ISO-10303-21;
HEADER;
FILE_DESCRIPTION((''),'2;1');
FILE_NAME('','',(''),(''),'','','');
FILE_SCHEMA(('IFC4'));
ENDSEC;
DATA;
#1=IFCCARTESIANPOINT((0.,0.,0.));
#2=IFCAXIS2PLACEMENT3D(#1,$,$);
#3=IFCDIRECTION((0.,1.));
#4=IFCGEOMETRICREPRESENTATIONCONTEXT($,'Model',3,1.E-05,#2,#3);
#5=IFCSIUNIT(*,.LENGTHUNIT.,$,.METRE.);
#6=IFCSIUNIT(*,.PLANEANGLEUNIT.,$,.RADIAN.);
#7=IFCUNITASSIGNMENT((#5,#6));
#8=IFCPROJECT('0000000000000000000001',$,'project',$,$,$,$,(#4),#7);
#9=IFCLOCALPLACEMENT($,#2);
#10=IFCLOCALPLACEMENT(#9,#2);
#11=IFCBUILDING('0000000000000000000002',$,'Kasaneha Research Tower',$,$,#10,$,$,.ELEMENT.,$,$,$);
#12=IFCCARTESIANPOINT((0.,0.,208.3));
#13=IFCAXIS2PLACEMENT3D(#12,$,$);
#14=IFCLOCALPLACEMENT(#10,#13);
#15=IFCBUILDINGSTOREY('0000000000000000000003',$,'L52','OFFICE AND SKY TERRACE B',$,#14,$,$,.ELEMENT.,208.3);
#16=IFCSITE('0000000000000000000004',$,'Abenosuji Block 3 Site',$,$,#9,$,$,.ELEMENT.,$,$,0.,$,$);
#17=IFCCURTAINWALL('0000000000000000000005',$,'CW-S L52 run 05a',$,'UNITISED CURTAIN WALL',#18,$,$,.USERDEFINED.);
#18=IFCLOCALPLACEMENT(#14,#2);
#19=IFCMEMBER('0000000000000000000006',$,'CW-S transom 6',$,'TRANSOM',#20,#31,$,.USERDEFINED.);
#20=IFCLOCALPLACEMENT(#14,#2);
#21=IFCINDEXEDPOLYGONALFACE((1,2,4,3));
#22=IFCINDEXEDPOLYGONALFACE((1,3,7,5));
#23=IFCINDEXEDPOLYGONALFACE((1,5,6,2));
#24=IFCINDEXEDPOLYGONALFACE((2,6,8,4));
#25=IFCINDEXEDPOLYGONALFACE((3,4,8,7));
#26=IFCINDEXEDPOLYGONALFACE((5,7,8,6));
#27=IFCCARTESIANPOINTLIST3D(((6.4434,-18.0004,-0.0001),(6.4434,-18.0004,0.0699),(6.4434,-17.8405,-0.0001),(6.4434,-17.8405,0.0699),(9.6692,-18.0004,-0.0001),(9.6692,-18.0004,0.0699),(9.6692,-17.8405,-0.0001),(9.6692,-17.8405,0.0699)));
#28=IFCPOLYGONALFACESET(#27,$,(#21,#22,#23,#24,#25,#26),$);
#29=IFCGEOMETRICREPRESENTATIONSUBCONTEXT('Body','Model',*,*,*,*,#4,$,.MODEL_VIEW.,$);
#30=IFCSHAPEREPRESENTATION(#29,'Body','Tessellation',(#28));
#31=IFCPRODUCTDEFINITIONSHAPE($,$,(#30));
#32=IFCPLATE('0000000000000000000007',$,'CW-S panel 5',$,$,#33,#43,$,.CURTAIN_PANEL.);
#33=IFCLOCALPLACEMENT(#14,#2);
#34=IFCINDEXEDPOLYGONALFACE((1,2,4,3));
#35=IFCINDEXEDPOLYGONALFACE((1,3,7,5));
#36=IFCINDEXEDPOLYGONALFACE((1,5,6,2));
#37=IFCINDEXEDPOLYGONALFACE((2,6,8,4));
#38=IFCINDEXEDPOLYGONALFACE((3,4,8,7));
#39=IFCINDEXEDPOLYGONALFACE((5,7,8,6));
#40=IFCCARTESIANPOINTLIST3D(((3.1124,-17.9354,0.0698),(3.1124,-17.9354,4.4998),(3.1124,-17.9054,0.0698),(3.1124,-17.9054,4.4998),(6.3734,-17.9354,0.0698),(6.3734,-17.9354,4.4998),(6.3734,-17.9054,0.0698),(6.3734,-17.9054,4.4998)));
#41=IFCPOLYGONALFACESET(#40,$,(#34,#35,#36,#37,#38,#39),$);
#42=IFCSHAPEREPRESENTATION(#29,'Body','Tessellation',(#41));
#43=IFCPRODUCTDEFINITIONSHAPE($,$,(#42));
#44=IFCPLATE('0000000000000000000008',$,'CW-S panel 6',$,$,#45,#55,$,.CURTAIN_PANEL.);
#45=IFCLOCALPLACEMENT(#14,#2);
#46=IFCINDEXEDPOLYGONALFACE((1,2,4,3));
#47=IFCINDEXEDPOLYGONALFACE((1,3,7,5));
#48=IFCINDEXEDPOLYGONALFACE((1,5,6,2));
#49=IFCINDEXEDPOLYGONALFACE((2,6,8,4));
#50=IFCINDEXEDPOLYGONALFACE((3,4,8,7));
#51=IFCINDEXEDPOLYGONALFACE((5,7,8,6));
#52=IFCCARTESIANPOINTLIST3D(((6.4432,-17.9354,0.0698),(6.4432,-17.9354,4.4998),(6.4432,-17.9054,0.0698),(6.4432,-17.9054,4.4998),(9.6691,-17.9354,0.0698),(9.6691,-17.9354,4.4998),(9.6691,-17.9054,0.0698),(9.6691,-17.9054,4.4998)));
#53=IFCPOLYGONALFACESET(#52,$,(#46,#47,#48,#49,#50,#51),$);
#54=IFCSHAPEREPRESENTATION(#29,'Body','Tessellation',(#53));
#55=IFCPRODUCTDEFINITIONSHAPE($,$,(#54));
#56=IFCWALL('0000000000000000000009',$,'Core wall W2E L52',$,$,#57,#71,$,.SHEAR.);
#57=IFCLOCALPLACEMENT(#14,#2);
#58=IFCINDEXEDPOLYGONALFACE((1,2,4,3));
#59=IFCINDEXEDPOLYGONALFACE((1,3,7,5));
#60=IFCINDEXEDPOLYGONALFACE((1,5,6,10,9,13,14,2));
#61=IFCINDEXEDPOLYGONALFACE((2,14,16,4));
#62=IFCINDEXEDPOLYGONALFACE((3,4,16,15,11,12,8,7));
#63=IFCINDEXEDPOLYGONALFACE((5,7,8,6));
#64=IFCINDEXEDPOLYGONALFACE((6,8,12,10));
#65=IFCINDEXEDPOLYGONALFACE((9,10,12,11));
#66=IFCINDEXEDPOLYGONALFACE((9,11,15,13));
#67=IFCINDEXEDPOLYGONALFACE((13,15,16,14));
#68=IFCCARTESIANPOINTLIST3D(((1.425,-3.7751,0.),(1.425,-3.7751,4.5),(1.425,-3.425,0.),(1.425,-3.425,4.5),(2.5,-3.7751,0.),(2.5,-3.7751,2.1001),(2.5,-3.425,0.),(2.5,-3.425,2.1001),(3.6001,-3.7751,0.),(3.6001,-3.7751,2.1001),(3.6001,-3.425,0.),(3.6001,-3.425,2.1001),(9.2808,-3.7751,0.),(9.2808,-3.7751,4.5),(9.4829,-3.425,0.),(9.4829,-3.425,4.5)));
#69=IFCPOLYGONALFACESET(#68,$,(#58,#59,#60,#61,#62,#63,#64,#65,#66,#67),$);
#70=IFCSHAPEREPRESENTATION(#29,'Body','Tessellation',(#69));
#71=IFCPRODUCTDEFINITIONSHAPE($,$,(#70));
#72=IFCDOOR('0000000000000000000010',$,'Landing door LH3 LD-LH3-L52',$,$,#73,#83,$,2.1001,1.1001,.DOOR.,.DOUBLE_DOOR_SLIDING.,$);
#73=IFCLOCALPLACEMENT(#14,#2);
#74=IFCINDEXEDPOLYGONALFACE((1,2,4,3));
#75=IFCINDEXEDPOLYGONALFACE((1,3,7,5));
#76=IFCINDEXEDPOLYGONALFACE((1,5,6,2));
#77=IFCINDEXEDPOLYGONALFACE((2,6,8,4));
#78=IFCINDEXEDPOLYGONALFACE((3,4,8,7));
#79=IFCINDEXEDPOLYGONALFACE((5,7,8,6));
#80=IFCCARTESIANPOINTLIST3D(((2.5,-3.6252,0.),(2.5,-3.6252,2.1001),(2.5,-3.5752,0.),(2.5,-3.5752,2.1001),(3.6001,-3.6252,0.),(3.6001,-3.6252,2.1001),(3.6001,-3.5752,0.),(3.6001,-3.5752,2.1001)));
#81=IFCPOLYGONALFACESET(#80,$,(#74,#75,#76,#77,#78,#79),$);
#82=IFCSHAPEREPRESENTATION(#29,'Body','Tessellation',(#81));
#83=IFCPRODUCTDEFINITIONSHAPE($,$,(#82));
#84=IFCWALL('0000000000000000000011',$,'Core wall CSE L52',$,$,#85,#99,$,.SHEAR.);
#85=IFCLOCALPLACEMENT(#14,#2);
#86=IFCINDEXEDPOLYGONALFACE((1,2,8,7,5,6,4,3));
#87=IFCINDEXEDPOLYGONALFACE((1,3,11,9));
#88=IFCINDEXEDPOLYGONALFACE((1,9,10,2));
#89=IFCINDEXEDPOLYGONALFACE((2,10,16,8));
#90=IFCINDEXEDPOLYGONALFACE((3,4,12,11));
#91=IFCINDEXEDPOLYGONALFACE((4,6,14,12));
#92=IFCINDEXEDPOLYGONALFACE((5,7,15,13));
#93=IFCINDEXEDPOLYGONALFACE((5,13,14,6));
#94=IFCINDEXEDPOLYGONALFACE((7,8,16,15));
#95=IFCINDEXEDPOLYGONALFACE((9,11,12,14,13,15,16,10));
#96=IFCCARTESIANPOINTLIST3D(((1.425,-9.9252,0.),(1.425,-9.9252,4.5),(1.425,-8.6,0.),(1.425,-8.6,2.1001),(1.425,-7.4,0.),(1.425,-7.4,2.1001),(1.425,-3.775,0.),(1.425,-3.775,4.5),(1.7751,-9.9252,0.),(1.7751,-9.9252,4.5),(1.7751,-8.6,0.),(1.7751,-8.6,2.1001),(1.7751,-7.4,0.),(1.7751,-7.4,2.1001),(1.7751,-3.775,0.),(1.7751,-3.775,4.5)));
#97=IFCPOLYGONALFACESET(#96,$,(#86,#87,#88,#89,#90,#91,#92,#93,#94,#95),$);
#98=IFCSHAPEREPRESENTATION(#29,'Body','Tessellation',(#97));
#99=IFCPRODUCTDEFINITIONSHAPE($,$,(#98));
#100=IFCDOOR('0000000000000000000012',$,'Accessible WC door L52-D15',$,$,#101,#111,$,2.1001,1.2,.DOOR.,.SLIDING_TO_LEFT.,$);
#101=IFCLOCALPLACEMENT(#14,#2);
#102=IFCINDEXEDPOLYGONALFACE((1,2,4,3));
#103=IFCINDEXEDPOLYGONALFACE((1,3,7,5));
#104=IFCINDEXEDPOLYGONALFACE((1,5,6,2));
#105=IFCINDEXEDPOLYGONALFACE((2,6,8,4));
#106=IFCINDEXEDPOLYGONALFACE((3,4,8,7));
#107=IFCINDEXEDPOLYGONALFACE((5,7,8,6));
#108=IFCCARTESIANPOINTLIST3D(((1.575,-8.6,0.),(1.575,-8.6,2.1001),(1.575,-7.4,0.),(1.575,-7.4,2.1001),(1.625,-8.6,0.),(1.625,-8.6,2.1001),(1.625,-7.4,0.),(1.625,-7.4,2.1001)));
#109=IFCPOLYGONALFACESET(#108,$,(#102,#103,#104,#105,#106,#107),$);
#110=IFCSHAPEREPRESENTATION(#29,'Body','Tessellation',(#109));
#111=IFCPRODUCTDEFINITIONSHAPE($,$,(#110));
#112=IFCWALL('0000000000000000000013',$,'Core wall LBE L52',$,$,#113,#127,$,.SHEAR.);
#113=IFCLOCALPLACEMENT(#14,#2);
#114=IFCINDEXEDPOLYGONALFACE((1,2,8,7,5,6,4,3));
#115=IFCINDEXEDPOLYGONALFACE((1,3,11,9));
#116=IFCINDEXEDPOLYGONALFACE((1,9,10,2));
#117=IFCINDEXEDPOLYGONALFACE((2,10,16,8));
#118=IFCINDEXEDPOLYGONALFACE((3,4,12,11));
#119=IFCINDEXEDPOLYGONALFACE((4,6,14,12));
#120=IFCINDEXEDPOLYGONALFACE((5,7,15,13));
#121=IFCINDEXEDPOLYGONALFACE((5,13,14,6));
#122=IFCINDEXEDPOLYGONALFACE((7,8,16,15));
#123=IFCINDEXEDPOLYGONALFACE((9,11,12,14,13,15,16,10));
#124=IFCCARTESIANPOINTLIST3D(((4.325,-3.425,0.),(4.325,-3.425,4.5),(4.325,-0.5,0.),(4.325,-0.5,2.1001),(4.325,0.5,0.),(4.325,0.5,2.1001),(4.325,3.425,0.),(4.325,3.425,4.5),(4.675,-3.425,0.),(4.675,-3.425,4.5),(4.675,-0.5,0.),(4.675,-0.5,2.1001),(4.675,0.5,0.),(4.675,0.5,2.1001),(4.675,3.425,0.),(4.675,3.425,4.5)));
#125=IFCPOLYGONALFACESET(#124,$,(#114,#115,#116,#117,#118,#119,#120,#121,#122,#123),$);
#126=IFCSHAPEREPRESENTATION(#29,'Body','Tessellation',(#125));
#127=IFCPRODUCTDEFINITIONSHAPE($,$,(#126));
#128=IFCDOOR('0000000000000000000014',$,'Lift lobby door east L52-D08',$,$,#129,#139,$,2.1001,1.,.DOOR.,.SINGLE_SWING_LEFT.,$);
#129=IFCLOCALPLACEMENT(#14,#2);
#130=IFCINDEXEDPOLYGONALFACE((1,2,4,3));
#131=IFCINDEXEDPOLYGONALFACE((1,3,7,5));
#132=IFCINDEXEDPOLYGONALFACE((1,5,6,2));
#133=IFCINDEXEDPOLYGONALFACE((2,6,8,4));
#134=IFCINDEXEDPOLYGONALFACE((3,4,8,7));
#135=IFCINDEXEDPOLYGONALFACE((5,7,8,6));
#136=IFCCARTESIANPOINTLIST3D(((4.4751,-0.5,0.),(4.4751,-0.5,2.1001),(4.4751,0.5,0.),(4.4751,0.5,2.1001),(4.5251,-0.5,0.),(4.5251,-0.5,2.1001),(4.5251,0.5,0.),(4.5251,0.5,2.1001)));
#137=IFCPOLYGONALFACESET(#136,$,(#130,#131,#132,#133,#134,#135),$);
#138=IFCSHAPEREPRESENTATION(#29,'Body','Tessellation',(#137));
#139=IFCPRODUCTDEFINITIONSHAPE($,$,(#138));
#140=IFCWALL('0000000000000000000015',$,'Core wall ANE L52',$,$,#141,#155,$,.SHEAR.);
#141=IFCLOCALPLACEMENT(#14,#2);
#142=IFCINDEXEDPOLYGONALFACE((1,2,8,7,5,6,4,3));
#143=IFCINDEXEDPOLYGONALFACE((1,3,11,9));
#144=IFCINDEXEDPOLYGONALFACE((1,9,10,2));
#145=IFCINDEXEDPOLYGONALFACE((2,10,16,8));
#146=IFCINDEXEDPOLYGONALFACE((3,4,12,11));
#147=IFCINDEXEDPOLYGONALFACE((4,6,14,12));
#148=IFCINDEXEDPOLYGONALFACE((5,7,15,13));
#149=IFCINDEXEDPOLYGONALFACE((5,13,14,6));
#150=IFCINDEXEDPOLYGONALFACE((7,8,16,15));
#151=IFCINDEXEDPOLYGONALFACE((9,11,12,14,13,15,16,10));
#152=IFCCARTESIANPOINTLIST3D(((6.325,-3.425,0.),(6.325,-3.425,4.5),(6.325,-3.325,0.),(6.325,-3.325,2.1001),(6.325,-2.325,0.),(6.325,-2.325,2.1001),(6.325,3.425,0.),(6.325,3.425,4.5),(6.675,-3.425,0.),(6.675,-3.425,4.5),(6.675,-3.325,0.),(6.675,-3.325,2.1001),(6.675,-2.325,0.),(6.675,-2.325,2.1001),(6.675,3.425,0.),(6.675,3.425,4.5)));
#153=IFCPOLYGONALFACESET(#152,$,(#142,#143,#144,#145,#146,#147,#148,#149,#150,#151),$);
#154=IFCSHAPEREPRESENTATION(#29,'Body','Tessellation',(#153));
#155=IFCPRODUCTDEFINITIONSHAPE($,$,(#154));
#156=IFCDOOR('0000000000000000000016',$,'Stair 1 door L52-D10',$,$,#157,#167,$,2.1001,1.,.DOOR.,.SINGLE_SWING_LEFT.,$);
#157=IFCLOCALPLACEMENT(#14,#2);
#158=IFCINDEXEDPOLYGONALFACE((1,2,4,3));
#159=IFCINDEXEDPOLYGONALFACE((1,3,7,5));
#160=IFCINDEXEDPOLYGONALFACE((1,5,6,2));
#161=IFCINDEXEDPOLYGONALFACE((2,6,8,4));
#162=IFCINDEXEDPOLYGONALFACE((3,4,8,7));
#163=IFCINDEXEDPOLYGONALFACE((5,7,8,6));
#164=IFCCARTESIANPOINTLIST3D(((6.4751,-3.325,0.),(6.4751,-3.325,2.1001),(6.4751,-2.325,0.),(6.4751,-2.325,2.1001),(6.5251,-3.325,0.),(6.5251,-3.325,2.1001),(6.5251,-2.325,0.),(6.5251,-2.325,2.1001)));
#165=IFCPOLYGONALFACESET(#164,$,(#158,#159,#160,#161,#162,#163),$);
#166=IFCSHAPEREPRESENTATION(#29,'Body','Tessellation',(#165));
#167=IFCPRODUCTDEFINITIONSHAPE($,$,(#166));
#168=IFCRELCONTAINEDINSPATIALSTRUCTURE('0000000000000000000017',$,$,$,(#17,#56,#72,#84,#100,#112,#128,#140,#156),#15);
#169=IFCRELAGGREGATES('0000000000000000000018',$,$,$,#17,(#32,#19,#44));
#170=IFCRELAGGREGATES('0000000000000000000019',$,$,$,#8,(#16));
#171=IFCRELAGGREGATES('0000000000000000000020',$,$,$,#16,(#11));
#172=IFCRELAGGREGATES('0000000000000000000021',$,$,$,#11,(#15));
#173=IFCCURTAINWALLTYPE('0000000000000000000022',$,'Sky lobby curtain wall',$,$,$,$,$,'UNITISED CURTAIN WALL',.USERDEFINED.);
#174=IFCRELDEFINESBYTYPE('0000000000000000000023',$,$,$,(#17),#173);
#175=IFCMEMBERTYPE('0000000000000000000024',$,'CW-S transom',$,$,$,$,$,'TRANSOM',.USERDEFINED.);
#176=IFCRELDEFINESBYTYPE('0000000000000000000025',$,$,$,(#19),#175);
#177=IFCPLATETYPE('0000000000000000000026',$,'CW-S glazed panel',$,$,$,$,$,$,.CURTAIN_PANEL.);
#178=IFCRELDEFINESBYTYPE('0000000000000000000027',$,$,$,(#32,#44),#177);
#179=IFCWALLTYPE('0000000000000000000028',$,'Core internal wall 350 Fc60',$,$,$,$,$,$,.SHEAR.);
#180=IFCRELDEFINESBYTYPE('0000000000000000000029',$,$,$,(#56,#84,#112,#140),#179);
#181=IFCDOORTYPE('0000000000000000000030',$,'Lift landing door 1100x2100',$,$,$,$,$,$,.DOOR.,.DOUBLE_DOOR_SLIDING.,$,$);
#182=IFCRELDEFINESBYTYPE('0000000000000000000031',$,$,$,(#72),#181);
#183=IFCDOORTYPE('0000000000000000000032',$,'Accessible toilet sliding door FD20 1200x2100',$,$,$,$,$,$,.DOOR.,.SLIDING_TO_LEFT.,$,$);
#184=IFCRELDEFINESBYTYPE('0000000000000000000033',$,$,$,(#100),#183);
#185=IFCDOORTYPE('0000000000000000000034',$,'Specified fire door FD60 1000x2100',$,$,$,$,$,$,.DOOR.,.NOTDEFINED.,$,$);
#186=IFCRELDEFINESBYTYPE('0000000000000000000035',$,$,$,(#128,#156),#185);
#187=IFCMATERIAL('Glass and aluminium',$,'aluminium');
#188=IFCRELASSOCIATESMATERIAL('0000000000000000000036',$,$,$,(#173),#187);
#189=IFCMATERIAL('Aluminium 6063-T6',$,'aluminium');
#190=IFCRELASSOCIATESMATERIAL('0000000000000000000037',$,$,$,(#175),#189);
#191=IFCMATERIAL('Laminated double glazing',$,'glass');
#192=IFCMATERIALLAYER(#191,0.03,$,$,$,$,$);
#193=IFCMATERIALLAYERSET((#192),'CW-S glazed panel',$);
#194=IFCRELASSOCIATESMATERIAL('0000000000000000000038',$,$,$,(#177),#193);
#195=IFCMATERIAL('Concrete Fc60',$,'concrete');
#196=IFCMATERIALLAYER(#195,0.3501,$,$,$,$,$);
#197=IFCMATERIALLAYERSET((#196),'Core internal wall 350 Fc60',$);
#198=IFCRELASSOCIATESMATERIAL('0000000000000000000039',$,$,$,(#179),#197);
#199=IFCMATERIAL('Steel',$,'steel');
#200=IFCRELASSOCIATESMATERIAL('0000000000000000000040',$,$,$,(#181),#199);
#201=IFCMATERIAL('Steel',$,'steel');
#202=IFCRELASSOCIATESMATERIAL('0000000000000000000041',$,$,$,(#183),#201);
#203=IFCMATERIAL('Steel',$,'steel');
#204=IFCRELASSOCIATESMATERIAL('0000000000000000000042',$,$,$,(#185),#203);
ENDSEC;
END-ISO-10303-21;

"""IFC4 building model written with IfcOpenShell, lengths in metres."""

from ifc_helpers import new_model, si_unit, direction, frame, frame_2d, origin, origin_2d, place, context, subcontext, project, spatial, polyline, rectangle, outline, extrude, material, layer, layer_set, material_profile, profile_set, type_object, element, fill, aggregate, save


model = new_model("IFC4")

# Units and contexts
model_context = context("Model", 3, precision=1e-05, world=origin(), true_north=direction((0.0, 1.0)))
body_context = subcontext(model_context, "Body", "Model", "MODEL_VIEW")
ifc_project = project(units=[si_unit("LENGTHUNIT", "METRE"), si_unit("PLANEANGLEUNIT", "RADIAN")], contexts=[model_context])

# Site, building, storey
site_placement = place(None, origin())
site = spatial("IfcSite", under=ifc_project, at=site_placement, Name="Abenosuji Block 3 Site", CompositionType="ELEMENT", RefElevation=0.0)
building_placement = place(site_placement, origin())
building = spatial("IfcBuilding", under=site, at=building_placement, Name="Kasaneha Research Tower", CompositionType="ELEMENT")
storey_placement = place(building_placement, frame((0.0, 0.0, 208.3)))
storey = spatial("IfcBuildingStorey", under=building, at=storey_placement, Name="L52", Description="OFFICE AND SKY TERRACE B", CompositionType="ELEMENT", Elevation=208.3)

# Curtain wall, member, plates
ifc_material_1 = material(Name="Glass and aluminium", Category="aluminium")
curtain_wall_type = type_object("IfcCurtainWallType", Name="Sky lobby curtain wall", ElementType="UNITISED CURTAIN WALL", PredefinedType="USERDEFINED", material=ifc_material_1)
curtain_wall_placement = place(storey_placement, origin())
curtain_wall = element("IfcCurtainWall", 1, at=curtain_wall_placement, inside=storey, type_object=curtain_wall_type, Name="CW-S L52 run 05a", ObjectType="UNITISED CURTAIN WALL", PredefinedType="USERDEFINED")
ifc_material_2 = material(Name="Aluminium 6063-T6", Category="aluminium")
ifc_material_profile = material_profile(ifc_material_2, rectangle(XDim=0.1599, YDim=0.0701, at=origin_2d()), Name="CW-S transom 160x70")
ifc_profile_set = profile_set([ifc_material_profile], Name="Aluminium 6063-T6")
member_type = type_object("IfcMemberType", Name="CW-S transom", ElementType="TRANSOM", PredefinedType="USERDEFINED", material=ifc_profile_set)
member_placement = place(storey_placement, frame((6.4434, -17.9204, 0.0349), z_axis=(1.0, 0.0, 0.0), x_axis=(0.0, 1.0, 0.0)))
member = element("IfcMember", 2, at=member_placement, type_object=member_type, Name="CW-S transom 6", ObjectType="TRANSOM", PredefinedType="USERDEFINED", context=body_context, shape_type="SweptSolid", body=[
    extrude(rectangle(XDim=0.1599, YDim=0.0701, at=origin_2d()), origin(), (0.0, 0.0, 1.0), 3.2258),
])
ifc_material_3 = material(Name="Laminated double glazing", Category="glass")
ifc_layer_1 = layer(ifc_material_3, 0.03)
ifc_layer_set_1 = layer_set([ifc_layer_1], Name="CW-S glazed panel")
plate_type = type_object("IfcPlateType", Name="CW-S glazed panel", PredefinedType="CURTAIN_PANEL", material=ifc_layer_set_1)
plate_1_placement = place(storey_placement, frame((4.7429, -17.9204, 0.0698), z_axis=(0.0, 0.0, 1.0), x_axis=(1.0, 0.0, 0.0)))
plate_1 = element("IfcPlate", 3, at=plate_1_placement, type_object=plate_type, Name="CW-S panel 5", PredefinedType="CURTAIN_PANEL", context=body_context, shape_type="SweptSolid", body=[
    extrude(rectangle(XDim=3.261, YDim=0.03, at=origin_2d()), origin(), (0.0, 0.0, 1.0), 4.4299),
])
plate_2_placement = place(storey_placement, frame((8.0562, -17.9204, 0.0698), z_axis=(0.0, 0.0, 1.0), x_axis=(1.0, 0.0, 0.0)))
plate_2 = element("IfcPlate", 4, at=plate_2_placement, type_object=plate_type, Name="CW-S panel 6", PredefinedType="CURTAIN_PANEL", context=body_context, shape_type="SweptSolid", body=[
    extrude(rectangle(XDim=3.2258, YDim=0.03, at=origin_2d()), origin(), (0.0, 0.0, 1.0), 4.4299),
])
aggregate(curtain_wall, [plate_1, member, plate_2])

# Walls, openings, doors
ifc_material_4 = material(Name="Concrete Fc60", Category="concrete")
ifc_layer_2 = layer(ifc_material_4, 0.3501)
ifc_layer_set_2 = layer_set([ifc_layer_2], Name="Core internal wall 350 Fc60")
wall_type_1 = type_object("IfcWallType", Name="Core internal wall 350 Fc60", PredefinedType="SHEAR", material=ifc_layer_set_2)
wall_1_placement = place(storey_placement, frame((1.425, -3.6001, 0.0), z_axis=(0.0, 0.0, 1.0), x_axis=(1.0, 0.0, 0.0)))
wall_1 = element("IfcWall", 5, at=wall_1_placement, inside=storey, type_object=wall_type_1, Name="Core wall W2E L52", PredefinedType="SHEAR", context=body_context, shape_type="SweptSolid", body=[
    extrude(outline(polyline([(0.0, -0.175), (1.075, -0.175), (2.175, -0.175), (7.8557, -0.175), (8.0579, 0.175), (2.175, 0.175), (1.075, 0.175), (0.0, 0.175), (0.0, -0.175)])), origin(), (0.0, 0.0, 1.0), 4.5),
])
opening_1_placement = place(wall_1_placement, frame((1.075, 0.0, 0.0)))
opening_1 = element("IfcOpeningElement", 6, at=opening_1_placement, cuts=wall_1, PredefinedType="OPENING", context=body_context, shape_type="SweptSolid", body=[
    extrude(rectangle(XDim=1.1001, YDim=2.1001, at=frame_2d((0.55, 1.05))), frame((0.0, 0.1851, 0.0), z_axis=(0.0, -1.0, 0.0), x_axis=(1.0, 0.0, 0.0)), (0.0, 0.0, 1.0), 0.3701),
])
ifc_material_5 = material(Name="Steel", Category="steel")
door_type_1 = type_object("IfcDoorType", Name="Lift landing door 1100x2100", OperationType="DOUBLE_DOOR_SLIDING", PredefinedType="DOOR", material=ifc_material_5)
door_1_placement = place(opening_1_placement, origin())
door_1 = element("IfcDoor", 7, at=door_1_placement, inside=storey, type_object=door_type_1, Name="Landing door LH3 LD-LH3-L52", OperationType="DOUBLE_DOOR_SLIDING", OverallHeight=2.1001, OverallWidth=1.1001, PredefinedType="DOOR", context=body_context, shape_type="SweptSolid", body=[
    extrude(rectangle(XDim=1.1001, YDim=2.1001, at=frame_2d((0.55, 1.05))), frame((0.0, 0.0249, 0.0), z_axis=(0.0, -1.0, 0.0), x_axis=(1.0, 0.0, 0.0)), (0.0, 0.0, 1.0), 0.05),
])
fill(opening_1, door_1)
wall_2_placement = place(storey_placement, frame((1.6001, -3.7749, 0.0), z_axis=(0.0, 0.0, 1.0), x_axis=(0.0, -1.0, 0.0)))
wall_2 = element("IfcWall", 8, at=wall_2_placement, inside=storey, type_object=wall_type_1, Name="Core wall CSE L52", PredefinedType="SHEAR", context=body_context, shape_type="SweptSolid", body=[
    extrude(rectangle(XDim=6.1501, YDim=0.3501, at=frame_2d((3.0752, 0.0))), origin(), (0.0, 0.0, 1.0), 4.5),
])
opening_2_placement = place(wall_2_placement, frame((3.625, 0.0, 0.0)))
opening_2 = element("IfcOpeningElement", 9, at=opening_2_placement, cuts=wall_2, PredefinedType="OPENING", context=body_context, shape_type="SweptSolid", body=[
    extrude(rectangle(XDim=1.2, YDim=2.1001, at=frame_2d((0.6001, 1.05))), frame((0.0, 0.1851, 0.0), z_axis=(0.0, -1.0, 0.0), x_axis=(1.0, 0.0, 0.0)), (0.0, 0.0, 1.0), 0.3701),
])
ifc_material_6 = material(Name="Steel", Category="steel")
door_type_2 = type_object("IfcDoorType", Name="Accessible toilet sliding door FD20 1200x2100", OperationType="SLIDING_TO_LEFT", PredefinedType="DOOR", material=ifc_material_6)
door_2_placement = place(opening_2_placement, origin())
door_2 = element("IfcDoor", 10, at=door_2_placement, inside=storey, type_object=door_type_2, Name="Accessible WC door L52-D15", OperationType="SLIDING_TO_LEFT", OverallHeight=2.1001, OverallWidth=1.2, PredefinedType="DOOR", context=body_context, shape_type="SweptSolid", body=[
    extrude(rectangle(XDim=1.2, YDim=2.1001, at=frame_2d((0.6001, 1.05))), frame((0.0, 0.0249, 0.0), z_axis=(0.0, -1.0, 0.0), x_axis=(1.0, 0.0, 0.0)), (0.0, 0.0, 1.0), 0.05),
])
fill(opening_2, door_2)
wall_3_placement = place(storey_placement, frame((4.5, -3.425, 0.0), z_axis=(0.0, 0.0, 1.0), x_axis=(0.0, 1.0, 0.0)))
wall_3 = element("IfcWall", 11, at=wall_3_placement, inside=storey, type_object=wall_type_1, Name="Core wall LBE L52", PredefinedType="SHEAR", context=body_context, shape_type="SweptSolid", body=[
    extrude(rectangle(XDim=6.8501, YDim=0.3501, at=frame_2d((3.425, 0.0))), origin(), (0.0, 0.0, 1.0), 4.5),
])
opening_3_placement = place(wall_3_placement, frame((2.925, 0.0, 0.0)))
opening_3 = element("IfcOpeningElement", 12, at=opening_3_placement, cuts=wall_3, PredefinedType="OPENING", context=body_context, shape_type="SweptSolid", body=[
    extrude(rectangle(XDim=1.0, YDim=2.1001, at=frame_2d((0.5, 1.05))), frame((0.0, 0.1851, 0.0), z_axis=(0.0, -1.0, 0.0), x_axis=(1.0, 0.0, 0.0)), (0.0, 0.0, 1.0), 0.3701),
])
ifc_material_7 = material(Name="Steel", Category="steel")
door_type_3 = type_object("IfcDoorType", Name="Specified fire door FD60 1000x2100", OperationType="NOTDEFINED", PredefinedType="DOOR", material=ifc_material_7)
door_3_placement = place(opening_3_placement, origin())
door_3 = element("IfcDoor", 13, at=door_3_placement, inside=storey, type_object=door_type_3, Name="Lift lobby door east L52-D08", OperationType="SINGLE_SWING_LEFT", OverallHeight=2.1001, OverallWidth=1.0, PredefinedType="DOOR", context=body_context, shape_type="SweptSolid", body=[
    extrude(rectangle(XDim=1.0, YDim=2.1001, at=frame_2d((0.5, 1.05))), frame((0.0, 0.0249, 0.0), z_axis=(0.0, -1.0, 0.0), x_axis=(1.0, 0.0, 0.0)), (0.0, 0.0, 1.0), 0.05),
])
fill(opening_3, door_3)
wall_4_placement = place(storey_placement, frame((6.5, -3.425, 0.0), z_axis=(0.0, 0.0, 1.0), x_axis=(0.0, 1.0, 0.0)))
wall_4 = element("IfcWall", 14, at=wall_4_placement, inside=storey, type_object=wall_type_1, Name="Core wall ANE L52", PredefinedType="SHEAR", context=body_context, shape_type="SweptSolid", body=[
    extrude(rectangle(XDim=6.8501, YDim=0.3501, at=frame_2d((3.425, 0.0))), origin(), (0.0, 0.0, 1.0), 4.5),
])
opening_4_placement = place(wall_4_placement, frame((0.1001, 0.0, 0.0)))
opening_4 = element("IfcOpeningElement", 15, at=opening_4_placement, cuts=wall_4, PredefinedType="OPENING", context=body_context, shape_type="SweptSolid", body=[
    extrude(rectangle(XDim=1.0, YDim=2.1001, at=frame_2d((0.5, 1.05))), frame((0.0, 0.1851, 0.0), z_axis=(0.0, -1.0, 0.0), x_axis=(1.0, 0.0, 0.0)), (0.0, 0.0, 1.0), 0.3701),
])
door_4_placement = place(opening_4_placement, origin())
door_4 = element("IfcDoor", 16, at=door_4_placement, inside=storey, type_object=door_type_3, Name="Stair 1 door L52-D10", OperationType="SINGLE_SWING_LEFT", OverallHeight=2.1001, OverallWidth=1.0, PredefinedType="DOOR", context=body_context, shape_type="SweptSolid", body=[
    extrude(rectangle(XDim=1.0, YDim=2.1001, at=frame_2d((0.5, 1.05))), frame((0.0, 0.0249, 0.0), z_axis=(0.0, -1.0, 0.0), x_axis=(1.0, 0.0, 0.0)), (0.0, 0.0, 1.0), 0.05),
])
fill(opening_4, door_4)

save(model, "model.ifc")
